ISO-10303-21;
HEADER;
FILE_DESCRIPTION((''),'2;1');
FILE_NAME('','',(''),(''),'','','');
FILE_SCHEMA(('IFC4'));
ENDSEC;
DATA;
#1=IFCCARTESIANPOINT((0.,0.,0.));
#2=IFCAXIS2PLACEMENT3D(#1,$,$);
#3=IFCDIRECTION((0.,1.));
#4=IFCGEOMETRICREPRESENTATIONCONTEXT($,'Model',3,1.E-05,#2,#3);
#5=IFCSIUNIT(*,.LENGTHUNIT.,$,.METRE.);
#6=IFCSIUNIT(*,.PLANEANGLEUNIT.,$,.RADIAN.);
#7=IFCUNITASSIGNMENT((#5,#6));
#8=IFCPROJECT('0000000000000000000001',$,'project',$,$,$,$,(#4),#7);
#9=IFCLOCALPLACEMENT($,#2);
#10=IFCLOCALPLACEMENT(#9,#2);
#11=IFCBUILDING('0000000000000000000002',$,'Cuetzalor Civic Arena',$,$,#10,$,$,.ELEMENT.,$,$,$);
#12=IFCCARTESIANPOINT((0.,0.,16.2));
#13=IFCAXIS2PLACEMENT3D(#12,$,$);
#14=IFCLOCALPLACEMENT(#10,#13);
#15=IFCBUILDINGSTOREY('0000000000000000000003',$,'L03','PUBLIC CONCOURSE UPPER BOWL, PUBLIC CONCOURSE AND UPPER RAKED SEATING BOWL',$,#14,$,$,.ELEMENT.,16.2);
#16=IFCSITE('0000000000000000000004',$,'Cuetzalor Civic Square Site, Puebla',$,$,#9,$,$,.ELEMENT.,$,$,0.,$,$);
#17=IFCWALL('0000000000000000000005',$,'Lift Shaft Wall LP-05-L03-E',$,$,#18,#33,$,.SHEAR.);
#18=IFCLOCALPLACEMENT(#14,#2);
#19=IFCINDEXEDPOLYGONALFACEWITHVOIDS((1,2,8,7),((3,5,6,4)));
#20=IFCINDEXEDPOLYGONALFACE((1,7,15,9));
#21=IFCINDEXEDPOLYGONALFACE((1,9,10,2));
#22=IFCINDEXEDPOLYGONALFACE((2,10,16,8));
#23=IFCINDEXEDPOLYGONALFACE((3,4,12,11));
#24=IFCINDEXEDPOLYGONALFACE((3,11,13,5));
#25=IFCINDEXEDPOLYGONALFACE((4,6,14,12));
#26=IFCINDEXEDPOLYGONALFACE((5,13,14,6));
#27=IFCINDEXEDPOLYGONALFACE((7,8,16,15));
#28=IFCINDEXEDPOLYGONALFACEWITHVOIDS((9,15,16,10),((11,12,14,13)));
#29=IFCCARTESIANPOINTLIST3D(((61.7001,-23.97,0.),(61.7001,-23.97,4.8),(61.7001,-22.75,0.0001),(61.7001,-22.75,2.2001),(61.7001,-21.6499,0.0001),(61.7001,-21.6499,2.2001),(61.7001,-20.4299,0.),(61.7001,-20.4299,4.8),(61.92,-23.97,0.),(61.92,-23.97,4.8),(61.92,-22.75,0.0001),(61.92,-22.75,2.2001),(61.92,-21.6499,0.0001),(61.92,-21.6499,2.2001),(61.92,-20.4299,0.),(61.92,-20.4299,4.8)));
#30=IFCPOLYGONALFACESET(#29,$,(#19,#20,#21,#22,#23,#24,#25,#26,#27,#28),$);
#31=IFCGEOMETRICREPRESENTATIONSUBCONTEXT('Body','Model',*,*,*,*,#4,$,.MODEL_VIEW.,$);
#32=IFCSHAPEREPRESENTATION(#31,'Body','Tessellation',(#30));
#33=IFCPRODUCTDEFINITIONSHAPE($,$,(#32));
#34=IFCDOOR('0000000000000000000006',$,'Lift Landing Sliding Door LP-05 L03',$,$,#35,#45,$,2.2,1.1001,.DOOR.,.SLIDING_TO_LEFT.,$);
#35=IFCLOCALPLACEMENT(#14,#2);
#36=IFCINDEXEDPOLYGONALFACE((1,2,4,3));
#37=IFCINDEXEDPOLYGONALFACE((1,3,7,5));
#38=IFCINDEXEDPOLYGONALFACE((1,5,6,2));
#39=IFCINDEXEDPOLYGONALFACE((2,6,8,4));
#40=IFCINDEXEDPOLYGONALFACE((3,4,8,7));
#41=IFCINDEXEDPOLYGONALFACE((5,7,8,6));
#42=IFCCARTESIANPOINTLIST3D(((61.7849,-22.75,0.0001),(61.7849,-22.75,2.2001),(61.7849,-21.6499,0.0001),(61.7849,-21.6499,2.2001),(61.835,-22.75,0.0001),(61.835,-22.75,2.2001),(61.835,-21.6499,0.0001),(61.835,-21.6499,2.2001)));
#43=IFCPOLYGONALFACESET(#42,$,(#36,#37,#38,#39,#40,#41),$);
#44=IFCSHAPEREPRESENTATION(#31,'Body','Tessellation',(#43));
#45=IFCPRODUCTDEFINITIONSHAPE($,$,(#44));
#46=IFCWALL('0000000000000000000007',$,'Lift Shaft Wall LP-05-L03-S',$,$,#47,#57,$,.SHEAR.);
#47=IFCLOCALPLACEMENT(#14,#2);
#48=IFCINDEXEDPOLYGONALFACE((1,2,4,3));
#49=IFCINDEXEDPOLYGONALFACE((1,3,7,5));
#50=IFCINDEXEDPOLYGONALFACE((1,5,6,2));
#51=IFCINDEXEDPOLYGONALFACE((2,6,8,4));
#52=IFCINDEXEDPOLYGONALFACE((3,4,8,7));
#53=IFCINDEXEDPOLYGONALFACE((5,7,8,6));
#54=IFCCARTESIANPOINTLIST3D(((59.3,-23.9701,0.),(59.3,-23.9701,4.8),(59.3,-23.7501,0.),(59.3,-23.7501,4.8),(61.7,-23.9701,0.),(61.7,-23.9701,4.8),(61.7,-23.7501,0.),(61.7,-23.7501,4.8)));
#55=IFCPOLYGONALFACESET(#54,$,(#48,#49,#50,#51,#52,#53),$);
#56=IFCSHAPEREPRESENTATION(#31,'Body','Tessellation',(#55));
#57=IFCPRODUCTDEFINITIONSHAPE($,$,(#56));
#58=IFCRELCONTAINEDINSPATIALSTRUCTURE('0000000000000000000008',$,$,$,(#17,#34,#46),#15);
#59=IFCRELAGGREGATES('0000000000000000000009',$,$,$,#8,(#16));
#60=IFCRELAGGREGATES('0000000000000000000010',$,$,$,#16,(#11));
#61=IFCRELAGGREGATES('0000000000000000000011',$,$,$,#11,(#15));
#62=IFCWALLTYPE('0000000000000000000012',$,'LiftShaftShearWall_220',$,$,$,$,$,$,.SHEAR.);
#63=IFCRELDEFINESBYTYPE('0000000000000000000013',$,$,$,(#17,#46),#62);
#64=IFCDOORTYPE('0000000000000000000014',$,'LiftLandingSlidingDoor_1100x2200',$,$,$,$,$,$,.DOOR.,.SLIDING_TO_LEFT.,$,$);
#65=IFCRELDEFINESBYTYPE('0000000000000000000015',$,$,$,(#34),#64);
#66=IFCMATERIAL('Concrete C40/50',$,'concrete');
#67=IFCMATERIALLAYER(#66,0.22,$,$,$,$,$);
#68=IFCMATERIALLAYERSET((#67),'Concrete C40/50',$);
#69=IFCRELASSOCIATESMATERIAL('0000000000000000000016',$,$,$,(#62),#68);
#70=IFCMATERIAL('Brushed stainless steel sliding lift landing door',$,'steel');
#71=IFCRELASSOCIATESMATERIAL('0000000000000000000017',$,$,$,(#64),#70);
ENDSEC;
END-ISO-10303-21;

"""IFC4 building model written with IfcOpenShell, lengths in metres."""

from ifc_helpers import new_model, si_unit, direction, frame, frame_2d, origin, place, context, subcontext, project, spatial, rectangle, extrude, material, layer, layer_set, type_object, element, fill, save


model = new_model("IFC4")

# Units and contexts
model_context = context("Model", 3, precision=1e-05, world=origin(), true_north=direction((0.0, 1.0)))
body_context = subcontext(model_context, "Body", "Model", "MODEL_VIEW")
ifc_project = project(units=[si_unit("LENGTHUNIT", "METRE"), si_unit("PLANEANGLEUNIT", "RADIAN")], contexts=[model_context])

# Site, building, storey
site_placement = place(None, origin())
site = spatial("IfcSite", under=ifc_project, at=site_placement, Name="Cuetzalor Civic Square Site, Puebla", CompositionType="ELEMENT", RefElevation=0.0)
building_placement = place(site_placement, origin())
building = spatial("IfcBuilding", under=site, at=building_placement, Name="Cuetzalor Civic Arena", CompositionType="ELEMENT")
storey_placement = place(building_placement, frame((0.0, 0.0, 16.2)))
storey = spatial("IfcBuildingStorey", under=building, at=storey_placement, Name="L03", Description="PUBLIC CONCOURSE UPPER BOWL, PUBLIC CONCOURSE AND UPPER RAKED SEATING BOWL", CompositionType="ELEMENT", Elevation=16.2)

# Shared definitions
ifc_material_1 = material(Name="Concrete C40/50", Category="concrete")
ifc_layer_1 = layer(ifc_material_1, 0.22)
ifc_layer_set_1 = layer_set([ifc_layer_1], Name="Concrete C40/50")
wall_type_1 = type_object("IfcWallType", Name="LiftShaftShearWall_220", PredefinedType="SHEAR", material=ifc_layer_set_1)

# Wall, opening, door
wall_1_placement = place(storey_placement, frame((61.8101, -20.4299, 0.0), z_axis=(0.0, 0.0, 1.0), x_axis=(0.0, -1.0, 0.0)))
wall_1 = element("IfcWall", 1, at=wall_1_placement, inside=storey, type_object=wall_type_1, Name="Lift Shaft Wall LP-05-L03-E", PredefinedType="SHEAR", context=body_context, shape_type="SweptSolid", body=[
    extrude(rectangle(XDim=3.54, YDim=0.22, at=frame_2d((1.77, 0.0))), origin(), (0.0, 0.0, 1.0), 4.8),
])
opening_1_placement = place(wall_1_placement, frame((1.22, 0.0, 0.0)))
opening_1 = element("IfcOpeningElement", 2, at=opening_1_placement, cuts=wall_1, PredefinedType="OPENING", context=body_context, shape_type="SweptSolid", body=[
    extrude(rectangle(XDim=1.1001, YDim=2.2, at=frame_2d((0.55, 1.1001))), frame((0.0, 0.1201, 0.0), z_axis=(0.0, -1.0, 0.0), x_axis=(1.0, 0.0, 0.0)), (0.0, 0.0, 1.0), 0.24),
])
ifc_material_2 = material(Name="Brushed stainless steel sliding lift landing door", Category="steel")
door_type_1 = type_object("IfcDoorType", Name="LiftLandingSlidingDoor_1100x2200", OperationType="SLIDING_TO_LEFT", PredefinedType="DOOR", material=ifc_material_2)
door_1_placement = place(opening_1_placement, origin())
door_1 = element("IfcDoor", 3, at=door_1_placement, inside=storey, type_object=door_type_1, Name="Lift Landing Sliding Door LP-05 L03", OperationType="SLIDING_TO_LEFT", OverallHeight=2.2, OverallWidth=1.1001, PredefinedType="DOOR", context=body_context, shape_type="SweptSolid", body=[
    extrude(rectangle(XDim=1.1001, YDim=2.2, at=frame_2d((0.55, 1.1001))), frame((0.0, 0.0249, 0.0), z_axis=(0.0, -1.0, 0.0), x_axis=(1.0, 0.0, 0.0)), (0.0, 0.0, 1.0), 0.05),
])
fill(opening_1, door_1)

# Wall
wall_2_placement = place(storey_placement, frame((61.7, -23.8601, 0.0), z_axis=(0.0, 0.0, 1.0), x_axis=(-1.0, 0.0, 0.0)))
element("IfcWall", 4, at=wall_2_placement, inside=storey, type_object=wall_type_1, Name="Lift Shaft Wall LP-05-L03-S", PredefinedType="SHEAR", context=body_context, shape_type="SweptSolid", body=[
    extrude(rectangle(XDim=2.3999, YDim=0.22, at=frame_2d((1.2, 0.0))), origin(), (0.0, 0.0, 1.0), 4.8),
])

save(model, "model.ifc")
